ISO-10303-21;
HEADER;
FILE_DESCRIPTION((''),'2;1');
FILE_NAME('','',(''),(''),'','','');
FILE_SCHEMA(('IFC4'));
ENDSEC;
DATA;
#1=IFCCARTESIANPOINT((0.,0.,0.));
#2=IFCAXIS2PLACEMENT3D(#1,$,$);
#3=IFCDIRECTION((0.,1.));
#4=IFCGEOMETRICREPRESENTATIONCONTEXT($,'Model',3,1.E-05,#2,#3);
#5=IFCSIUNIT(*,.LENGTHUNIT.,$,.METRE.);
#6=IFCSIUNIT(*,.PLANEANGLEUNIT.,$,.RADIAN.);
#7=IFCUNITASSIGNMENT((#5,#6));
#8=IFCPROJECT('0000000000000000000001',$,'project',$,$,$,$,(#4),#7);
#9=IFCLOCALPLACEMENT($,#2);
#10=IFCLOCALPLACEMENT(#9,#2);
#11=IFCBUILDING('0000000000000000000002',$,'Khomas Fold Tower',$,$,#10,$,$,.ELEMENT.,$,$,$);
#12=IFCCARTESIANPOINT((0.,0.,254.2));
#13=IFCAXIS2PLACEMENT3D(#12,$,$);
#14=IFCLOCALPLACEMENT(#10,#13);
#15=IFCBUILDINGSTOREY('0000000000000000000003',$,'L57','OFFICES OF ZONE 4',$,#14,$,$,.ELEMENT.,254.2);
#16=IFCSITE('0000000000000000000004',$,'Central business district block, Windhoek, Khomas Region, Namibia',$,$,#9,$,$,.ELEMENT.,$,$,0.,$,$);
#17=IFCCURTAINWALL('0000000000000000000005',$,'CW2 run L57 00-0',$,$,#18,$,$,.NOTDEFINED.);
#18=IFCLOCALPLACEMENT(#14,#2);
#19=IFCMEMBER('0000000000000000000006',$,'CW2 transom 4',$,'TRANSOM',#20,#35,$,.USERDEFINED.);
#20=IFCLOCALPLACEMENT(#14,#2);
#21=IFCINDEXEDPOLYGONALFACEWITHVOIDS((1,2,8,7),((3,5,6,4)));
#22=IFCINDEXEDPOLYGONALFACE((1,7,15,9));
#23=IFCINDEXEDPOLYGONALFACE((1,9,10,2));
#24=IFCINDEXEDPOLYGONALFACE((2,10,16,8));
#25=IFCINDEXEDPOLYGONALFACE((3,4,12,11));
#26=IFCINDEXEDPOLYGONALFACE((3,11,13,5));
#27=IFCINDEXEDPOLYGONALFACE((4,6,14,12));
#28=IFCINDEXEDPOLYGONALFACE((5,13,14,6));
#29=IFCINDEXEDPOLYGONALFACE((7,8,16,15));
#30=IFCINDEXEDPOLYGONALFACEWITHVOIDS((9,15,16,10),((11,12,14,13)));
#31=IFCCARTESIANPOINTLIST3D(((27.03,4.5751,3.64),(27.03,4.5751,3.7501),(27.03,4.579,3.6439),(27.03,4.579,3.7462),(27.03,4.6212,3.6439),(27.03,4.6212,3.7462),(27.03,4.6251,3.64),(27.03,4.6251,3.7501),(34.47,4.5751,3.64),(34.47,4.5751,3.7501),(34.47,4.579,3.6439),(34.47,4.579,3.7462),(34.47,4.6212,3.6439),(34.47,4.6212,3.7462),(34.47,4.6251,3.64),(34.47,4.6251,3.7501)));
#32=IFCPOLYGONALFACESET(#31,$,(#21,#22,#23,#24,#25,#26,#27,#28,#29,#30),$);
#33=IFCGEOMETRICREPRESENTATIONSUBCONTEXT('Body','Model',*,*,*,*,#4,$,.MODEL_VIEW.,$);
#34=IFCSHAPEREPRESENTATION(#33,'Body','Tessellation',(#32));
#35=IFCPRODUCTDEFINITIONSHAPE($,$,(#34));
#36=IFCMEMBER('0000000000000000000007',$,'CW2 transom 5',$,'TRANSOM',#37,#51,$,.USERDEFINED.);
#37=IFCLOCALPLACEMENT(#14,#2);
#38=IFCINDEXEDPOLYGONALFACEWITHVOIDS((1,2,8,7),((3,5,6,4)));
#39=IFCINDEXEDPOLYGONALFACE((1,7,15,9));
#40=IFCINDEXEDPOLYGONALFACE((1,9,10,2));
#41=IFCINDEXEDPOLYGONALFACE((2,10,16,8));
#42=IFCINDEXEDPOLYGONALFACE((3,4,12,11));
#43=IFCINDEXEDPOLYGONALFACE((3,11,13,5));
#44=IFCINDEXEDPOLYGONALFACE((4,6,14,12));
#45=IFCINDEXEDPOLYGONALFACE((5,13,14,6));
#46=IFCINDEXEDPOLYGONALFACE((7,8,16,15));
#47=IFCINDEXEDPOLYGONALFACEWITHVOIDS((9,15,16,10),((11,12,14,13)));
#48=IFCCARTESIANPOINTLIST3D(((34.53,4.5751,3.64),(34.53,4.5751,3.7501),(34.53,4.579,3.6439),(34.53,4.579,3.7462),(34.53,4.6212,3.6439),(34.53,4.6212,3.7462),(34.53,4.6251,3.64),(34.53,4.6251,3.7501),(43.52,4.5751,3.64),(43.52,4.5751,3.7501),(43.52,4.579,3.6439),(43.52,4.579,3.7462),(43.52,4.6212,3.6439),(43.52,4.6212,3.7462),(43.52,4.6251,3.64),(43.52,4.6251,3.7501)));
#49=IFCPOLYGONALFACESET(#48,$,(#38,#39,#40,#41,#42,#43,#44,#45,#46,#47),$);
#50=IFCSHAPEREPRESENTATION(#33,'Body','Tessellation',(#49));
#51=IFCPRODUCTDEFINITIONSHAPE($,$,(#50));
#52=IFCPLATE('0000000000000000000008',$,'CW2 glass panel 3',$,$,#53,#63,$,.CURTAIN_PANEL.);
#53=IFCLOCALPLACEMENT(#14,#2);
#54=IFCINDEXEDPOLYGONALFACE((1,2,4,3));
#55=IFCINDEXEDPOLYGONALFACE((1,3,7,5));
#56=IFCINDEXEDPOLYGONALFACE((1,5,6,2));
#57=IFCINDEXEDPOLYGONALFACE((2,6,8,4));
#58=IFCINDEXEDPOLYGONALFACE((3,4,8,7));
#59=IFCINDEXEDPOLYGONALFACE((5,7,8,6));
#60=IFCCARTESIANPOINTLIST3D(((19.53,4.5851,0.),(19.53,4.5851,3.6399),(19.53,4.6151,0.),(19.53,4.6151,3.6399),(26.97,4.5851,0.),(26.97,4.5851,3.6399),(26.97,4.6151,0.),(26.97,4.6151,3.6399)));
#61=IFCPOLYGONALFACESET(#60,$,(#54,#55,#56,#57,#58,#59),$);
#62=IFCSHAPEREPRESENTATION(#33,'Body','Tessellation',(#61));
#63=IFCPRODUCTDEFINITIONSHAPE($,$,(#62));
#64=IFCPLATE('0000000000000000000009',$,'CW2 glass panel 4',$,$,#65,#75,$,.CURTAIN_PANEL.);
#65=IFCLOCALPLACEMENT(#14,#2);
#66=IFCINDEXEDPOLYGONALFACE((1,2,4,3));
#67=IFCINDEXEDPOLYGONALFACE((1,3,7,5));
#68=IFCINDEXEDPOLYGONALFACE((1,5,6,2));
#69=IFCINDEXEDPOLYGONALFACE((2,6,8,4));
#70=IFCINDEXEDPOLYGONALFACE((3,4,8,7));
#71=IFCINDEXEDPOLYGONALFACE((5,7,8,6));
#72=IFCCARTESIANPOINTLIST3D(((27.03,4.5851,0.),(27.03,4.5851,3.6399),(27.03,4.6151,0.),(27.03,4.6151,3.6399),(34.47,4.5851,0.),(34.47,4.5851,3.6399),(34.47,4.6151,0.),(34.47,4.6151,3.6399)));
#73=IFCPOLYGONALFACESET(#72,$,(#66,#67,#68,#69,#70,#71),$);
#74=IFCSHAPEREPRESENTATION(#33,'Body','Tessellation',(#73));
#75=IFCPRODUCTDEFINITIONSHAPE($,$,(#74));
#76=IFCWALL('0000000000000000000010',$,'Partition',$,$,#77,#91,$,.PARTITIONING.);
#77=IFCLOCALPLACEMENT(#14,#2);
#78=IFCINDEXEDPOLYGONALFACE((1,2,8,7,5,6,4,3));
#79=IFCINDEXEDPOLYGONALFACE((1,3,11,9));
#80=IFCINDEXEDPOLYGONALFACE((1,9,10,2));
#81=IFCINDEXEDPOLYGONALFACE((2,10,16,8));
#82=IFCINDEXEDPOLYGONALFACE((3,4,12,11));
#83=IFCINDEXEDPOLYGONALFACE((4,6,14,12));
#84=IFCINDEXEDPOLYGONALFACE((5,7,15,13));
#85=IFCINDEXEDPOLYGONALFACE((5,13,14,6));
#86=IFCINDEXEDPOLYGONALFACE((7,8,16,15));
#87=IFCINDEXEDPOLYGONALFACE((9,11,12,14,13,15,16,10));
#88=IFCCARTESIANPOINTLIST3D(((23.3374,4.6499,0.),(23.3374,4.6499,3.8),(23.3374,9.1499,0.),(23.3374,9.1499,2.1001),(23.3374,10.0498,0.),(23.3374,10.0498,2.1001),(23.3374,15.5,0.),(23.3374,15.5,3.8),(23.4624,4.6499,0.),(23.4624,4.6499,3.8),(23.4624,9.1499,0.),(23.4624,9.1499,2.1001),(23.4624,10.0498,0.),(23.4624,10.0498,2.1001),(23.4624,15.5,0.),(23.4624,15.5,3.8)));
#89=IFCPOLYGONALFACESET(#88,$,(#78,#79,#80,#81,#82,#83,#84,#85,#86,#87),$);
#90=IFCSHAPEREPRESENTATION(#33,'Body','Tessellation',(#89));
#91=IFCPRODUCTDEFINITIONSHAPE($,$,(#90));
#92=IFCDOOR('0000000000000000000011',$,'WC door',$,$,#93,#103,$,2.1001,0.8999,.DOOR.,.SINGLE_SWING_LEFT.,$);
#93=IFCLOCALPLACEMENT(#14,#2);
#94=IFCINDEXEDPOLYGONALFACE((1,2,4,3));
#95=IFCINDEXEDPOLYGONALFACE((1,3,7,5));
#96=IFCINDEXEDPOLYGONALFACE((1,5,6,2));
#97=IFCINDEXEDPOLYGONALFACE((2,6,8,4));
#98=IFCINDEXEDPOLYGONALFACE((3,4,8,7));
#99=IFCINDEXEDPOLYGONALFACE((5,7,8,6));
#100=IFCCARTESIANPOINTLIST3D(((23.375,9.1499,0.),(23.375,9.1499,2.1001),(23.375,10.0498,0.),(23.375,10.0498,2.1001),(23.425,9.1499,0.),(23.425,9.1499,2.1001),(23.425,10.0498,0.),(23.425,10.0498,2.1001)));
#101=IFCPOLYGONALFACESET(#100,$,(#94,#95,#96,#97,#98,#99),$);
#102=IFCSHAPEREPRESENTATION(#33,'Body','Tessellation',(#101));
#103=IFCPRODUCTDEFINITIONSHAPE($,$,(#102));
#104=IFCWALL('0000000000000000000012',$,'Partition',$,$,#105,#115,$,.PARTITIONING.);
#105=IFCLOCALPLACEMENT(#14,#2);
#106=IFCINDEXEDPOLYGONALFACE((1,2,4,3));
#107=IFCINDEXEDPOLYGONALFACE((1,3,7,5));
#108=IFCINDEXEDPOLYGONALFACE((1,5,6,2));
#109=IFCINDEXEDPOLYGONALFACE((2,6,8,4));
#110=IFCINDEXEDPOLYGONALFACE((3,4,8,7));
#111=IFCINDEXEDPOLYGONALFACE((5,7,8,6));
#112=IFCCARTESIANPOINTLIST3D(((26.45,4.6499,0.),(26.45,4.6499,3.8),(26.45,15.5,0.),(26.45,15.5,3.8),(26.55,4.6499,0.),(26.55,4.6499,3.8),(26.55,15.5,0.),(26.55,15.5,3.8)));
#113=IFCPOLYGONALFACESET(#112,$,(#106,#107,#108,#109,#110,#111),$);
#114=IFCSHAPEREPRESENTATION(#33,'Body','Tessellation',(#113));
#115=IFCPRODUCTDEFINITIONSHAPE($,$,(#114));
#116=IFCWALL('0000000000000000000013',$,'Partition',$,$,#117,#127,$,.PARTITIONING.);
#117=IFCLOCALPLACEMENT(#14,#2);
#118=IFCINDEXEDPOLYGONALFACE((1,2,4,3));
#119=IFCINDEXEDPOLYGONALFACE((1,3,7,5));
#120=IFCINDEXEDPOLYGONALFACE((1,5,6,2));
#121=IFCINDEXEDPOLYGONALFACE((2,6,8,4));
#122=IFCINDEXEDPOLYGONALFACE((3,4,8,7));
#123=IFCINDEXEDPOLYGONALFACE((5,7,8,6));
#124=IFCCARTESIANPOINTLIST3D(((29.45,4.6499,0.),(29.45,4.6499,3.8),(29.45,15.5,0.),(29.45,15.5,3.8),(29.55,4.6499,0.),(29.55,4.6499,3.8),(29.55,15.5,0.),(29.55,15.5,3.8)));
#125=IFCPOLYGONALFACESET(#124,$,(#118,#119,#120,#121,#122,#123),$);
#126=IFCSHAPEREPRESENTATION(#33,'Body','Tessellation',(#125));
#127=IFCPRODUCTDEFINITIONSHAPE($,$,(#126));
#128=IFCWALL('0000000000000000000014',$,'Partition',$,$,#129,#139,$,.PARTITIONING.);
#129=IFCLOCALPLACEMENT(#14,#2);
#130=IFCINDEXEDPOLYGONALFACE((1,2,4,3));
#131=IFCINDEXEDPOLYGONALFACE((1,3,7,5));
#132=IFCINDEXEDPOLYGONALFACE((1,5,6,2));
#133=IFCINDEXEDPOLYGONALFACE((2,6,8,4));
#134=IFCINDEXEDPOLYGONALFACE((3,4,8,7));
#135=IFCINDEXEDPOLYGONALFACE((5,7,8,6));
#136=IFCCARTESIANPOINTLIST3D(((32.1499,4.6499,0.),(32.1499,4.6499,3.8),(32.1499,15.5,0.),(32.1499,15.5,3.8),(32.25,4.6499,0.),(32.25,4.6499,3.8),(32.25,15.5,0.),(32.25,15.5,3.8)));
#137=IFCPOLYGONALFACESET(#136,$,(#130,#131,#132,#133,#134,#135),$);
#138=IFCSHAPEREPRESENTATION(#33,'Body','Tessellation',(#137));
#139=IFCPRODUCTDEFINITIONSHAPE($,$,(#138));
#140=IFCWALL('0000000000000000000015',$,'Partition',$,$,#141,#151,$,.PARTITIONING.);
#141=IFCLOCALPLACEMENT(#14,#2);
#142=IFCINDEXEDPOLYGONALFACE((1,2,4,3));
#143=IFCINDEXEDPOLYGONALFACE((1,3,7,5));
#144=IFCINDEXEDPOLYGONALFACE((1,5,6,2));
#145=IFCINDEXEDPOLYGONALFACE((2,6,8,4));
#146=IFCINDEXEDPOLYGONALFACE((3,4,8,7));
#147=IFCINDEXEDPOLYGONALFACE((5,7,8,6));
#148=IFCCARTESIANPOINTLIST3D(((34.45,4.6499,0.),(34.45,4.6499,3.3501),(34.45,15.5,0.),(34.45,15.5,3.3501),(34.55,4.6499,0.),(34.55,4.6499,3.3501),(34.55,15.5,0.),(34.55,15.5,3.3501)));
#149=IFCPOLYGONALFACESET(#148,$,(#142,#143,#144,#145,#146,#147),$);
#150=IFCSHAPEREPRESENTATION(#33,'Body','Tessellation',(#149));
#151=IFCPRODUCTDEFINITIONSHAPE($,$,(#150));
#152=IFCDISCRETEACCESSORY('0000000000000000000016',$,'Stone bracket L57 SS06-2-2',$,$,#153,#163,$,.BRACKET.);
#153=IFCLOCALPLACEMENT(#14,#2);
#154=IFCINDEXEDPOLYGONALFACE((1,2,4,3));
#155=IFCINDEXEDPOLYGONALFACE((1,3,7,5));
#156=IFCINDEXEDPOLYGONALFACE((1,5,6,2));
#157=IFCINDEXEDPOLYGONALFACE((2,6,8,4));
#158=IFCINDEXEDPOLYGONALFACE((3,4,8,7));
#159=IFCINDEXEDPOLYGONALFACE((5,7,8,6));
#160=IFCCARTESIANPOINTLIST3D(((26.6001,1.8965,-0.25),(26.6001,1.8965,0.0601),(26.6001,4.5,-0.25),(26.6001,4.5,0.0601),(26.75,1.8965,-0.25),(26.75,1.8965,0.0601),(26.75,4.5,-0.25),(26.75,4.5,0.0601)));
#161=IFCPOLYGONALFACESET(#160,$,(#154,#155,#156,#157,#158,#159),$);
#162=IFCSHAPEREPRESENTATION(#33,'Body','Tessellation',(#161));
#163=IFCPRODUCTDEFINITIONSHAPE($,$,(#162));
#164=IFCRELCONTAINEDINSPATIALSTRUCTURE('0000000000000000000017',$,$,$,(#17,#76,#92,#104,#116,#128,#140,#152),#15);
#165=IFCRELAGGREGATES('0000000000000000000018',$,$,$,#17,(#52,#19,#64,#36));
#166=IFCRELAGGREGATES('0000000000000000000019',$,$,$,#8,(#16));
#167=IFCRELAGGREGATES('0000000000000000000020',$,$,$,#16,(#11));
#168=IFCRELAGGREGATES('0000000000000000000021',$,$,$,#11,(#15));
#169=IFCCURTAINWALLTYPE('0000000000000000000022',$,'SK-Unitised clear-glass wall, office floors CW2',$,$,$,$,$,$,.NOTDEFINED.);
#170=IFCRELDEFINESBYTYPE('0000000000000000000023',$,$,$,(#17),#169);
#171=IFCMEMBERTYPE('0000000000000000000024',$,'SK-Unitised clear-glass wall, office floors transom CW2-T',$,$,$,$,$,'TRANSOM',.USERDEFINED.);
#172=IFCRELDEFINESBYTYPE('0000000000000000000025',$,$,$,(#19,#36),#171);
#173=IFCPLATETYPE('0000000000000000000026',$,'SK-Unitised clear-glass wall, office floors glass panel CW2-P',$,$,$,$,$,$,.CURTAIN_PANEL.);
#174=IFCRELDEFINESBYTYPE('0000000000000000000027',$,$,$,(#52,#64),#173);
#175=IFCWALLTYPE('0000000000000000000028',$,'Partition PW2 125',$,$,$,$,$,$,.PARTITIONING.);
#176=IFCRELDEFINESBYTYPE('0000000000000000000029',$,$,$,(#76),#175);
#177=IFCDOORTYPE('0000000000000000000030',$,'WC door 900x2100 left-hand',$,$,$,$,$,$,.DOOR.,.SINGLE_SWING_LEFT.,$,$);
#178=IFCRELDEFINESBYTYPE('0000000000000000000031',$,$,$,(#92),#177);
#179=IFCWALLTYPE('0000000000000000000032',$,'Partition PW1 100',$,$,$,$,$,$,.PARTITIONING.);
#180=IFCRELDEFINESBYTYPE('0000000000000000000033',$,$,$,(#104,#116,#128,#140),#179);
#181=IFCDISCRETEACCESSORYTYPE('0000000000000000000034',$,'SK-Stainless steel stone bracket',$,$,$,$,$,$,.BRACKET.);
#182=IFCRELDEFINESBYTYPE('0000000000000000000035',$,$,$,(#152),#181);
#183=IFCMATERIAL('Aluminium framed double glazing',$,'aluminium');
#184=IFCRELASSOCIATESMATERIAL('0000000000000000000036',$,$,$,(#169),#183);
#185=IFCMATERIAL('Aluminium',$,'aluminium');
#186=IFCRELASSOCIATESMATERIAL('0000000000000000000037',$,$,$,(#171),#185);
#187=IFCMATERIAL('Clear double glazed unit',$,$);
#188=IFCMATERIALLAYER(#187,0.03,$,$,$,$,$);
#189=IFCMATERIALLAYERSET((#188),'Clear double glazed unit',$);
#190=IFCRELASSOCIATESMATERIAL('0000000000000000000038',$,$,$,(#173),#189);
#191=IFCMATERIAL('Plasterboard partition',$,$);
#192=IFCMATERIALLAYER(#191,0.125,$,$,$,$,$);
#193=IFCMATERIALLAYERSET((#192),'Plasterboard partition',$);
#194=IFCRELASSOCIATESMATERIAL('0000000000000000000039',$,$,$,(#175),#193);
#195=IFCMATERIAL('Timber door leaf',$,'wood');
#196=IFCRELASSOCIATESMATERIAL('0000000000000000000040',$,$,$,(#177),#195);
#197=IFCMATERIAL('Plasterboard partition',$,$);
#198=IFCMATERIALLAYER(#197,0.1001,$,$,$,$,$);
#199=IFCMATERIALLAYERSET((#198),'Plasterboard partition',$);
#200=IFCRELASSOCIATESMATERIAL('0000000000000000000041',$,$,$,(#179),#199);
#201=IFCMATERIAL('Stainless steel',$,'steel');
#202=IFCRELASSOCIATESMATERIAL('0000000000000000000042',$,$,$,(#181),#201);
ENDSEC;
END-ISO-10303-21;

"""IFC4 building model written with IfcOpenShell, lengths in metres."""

from ifc_helpers import new_model, si_unit, direction, frame, frame_2d, origin, origin_2d, place, context, subcontext, project, spatial, rectangle, hollow_rectangle, extrude, source, transform, mapped, material, layer, layer_set, material_profile, profile_set, type_object, element, fill, aggregate, save


model = new_model("IFC4")

# Units and contexts
model_context = context("Model", 3, precision=1e-05, world=origin(), true_north=direction((0.0, 1.0)))
body_context = subcontext(model_context, "Body", "Model", "MODEL_VIEW")
ifc_project = project(units=[si_unit("LENGTHUNIT", "METRE"), si_unit("PLANEANGLEUNIT", "RADIAN")], contexts=[model_context])

# Site, building, storey
site_placement = place(None, origin())
site = spatial("IfcSite", under=ifc_project, at=site_placement, Name="Central business district block, Windhoek, Khomas Region, Namibia", CompositionType="ELEMENT", RefElevation=0.0)
building_placement = place(site_placement, origin())
building = spatial("IfcBuilding", under=site, at=building_placement, Name="Khomas Fold Tower", CompositionType="ELEMENT")
storey_placement = place(building_placement, frame((0.0, 0.0, 254.2)))
storey = spatial("IfcBuildingStorey", under=building, at=storey_placement, Name="L57", Description="OFFICES OF ZONE 4", CompositionType="ELEMENT", Elevation=254.2)

# Curtain wall, members, plates
ifc_material_1 = material(Name="Aluminium framed double glazing", Category="aluminium")
curtain_wall_type = type_object("IfcCurtainWallType", Name="SK-Unitised clear-glass wall, office floors CW2", PredefinedType="NOTDEFINED", material=ifc_material_1)
curtain_wall_placement = place(storey_placement, origin())
curtain_wall = element("IfcCurtainWall", 1, at=curtain_wall_placement, inside=storey, type_object=curtain_wall_type, Name="CW2 run L57 00-0", PredefinedType="NOTDEFINED")
ifc_material_2 = material(Name="Aluminium", Category="aluminium")
ifc_material_profile_1 = material_profile(ifc_material_2, hollow_rectangle(XDim=0.05, YDim=0.1101, WallThickness=0.0039, at=origin_2d()), Name="SK-Unitised clear-glass wall, office floors transom CW2-T")
ifc_profile_set_1 = profile_set([ifc_material_profile_1], Name="Aluminium")
member_type_1 = type_object("IfcMemberType", Name="SK-Unitised clear-glass wall, office floors transom CW2-T", ElementType="TRANSOM", PredefinedType="USERDEFINED", material=ifc_profile_set_1)
shared_shape_1 = source(origin(), body_context, "Body", "SweptSolid", [
    extrude(hollow_rectangle(XDim=0.05, YDim=0.1101, WallThickness=0.0039, at=origin_2d()), origin(), (0.0, 0.0, 1.0), 7.4399),
])
member_1_placement = place(storey_placement, frame((27.03, 4.6001, 3.6951), z_axis=(1.0, 0.0, 0.0), x_axis=(0.0, 1.0, 0.0)))
member_1 = element("IfcMember", 2, at=member_1_placement, type_object=member_type_1, Name="CW2 transom 4", ObjectType="TRANSOM", PredefinedType="USERDEFINED", context=body_context, shape_type="MappedRepresentation", body=[
    mapped(shared_shape_1, transform((0.0, 0.0, 0.0))),
])
shared_shape_2 = source(origin(), body_context, "Body", "SweptSolid", [
    extrude(hollow_rectangle(XDim=0.05, YDim=0.1101, WallThickness=0.0039, at=origin_2d()), origin(), (0.0, 0.0, 1.0), 8.99),
])
member_2_placement = place(storey_placement, frame((34.53, 4.6001, 3.6951), z_axis=(1.0, 0.0, 0.0), x_axis=(0.0, 1.0, 0.0)))
member_2 = element("IfcMember", 3, at=member_2_placement, type_object=member_type_1, Name="CW2 transom 5", ObjectType="TRANSOM", PredefinedType="USERDEFINED", context=body_context, shape_type="MappedRepresentation", body=[
    mapped(shared_shape_2, transform((0.0, 0.0, 0.0))),
])
ifc_material_3 = material(Name="Clear double glazed unit")
ifc_layer_1 = layer(ifc_material_3, 0.03)
ifc_layer_set_1 = layer_set([ifc_layer_1], Name="Clear double glazed unit")
plate_type = type_object("IfcPlateType", Name="SK-Unitised clear-glass wall, office floors glass panel CW2-P", PredefinedType="CURTAIN_PANEL", material=ifc_layer_set_1)
shared_shape_3 = source(origin(), body_context, "Body", "SweptSolid", [
    extrude(rectangle(XDim=7.4399, YDim=0.03, at=origin_2d()), origin(), (0.0, 0.0, 1.0), 3.6399),
])
plate_1_placement = place(storey_placement, frame((23.25, 4.6001, 0.0), z_axis=(0.0, 0.0, 1.0), x_axis=(1.0, 0.0, 0.0)))
plate_1 = element("IfcPlate", 4, at=plate_1_placement, type_object=plate_type, Name="CW2 glass panel 3", PredefinedType="CURTAIN_PANEL", context=body_context, shape_type="MappedRepresentation", body=[
    mapped(shared_shape_3, transform((0.0, 0.0, 0.0))),
])
plate_2_placement = place(storey_placement, frame((30.75, 4.6001, 0.0), z_axis=(0.0, 0.0, 1.0), x_axis=(1.0, 0.0, 0.0)))
plate_2 = element("IfcPlate", 5, at=plate_2_placement, type_object=plate_type, Name="CW2 glass panel 4", PredefinedType="CURTAIN_PANEL", context=body_context, shape_type="MappedRepresentation", body=[
    mapped(shared_shape_3, transform((0.0, 0.0, 0.0))),
])
aggregate(curtain_wall, [plate_1, member_1, plate_2, member_2])

# Wall, opening, door
ifc_material_4 = material(Name="Plasterboard partition")
ifc_layer_2 = layer(ifc_material_4, 0.125)
ifc_layer_set_2 = layer_set([ifc_layer_2], Name="Plasterboard partition")
wall_type_1 = type_object("IfcWallType", Name="Partition PW2 125", PredefinedType="PARTITIONING", material=ifc_layer_set_2)
shared_shape_4 = source(origin(), body_context, "Body", "SweptSolid", [
    extrude(rectangle(XDim=10.8501, YDim=0.125, at=frame_2d((5.425, 0.0))), origin(), (0.0, 0.0, 1.0), 3.8),
])
wall_1_placement = place(storey_placement, frame((23.3999, 4.6499, 0.0), z_axis=(0.0, 0.0, 1.0), x_axis=(0.0, 1.0, 0.0)))
wall_1 = element("IfcWall", 6, at=wall_1_placement, inside=storey, type_object=wall_type_1, Name="Partition", PredefinedType="PARTITIONING", context=body_context, shape_type="MappedRepresentation", body=[
    mapped(shared_shape_4, transform((0.0, 0.0, 0.0))),
])
shared_shape_5 = source(origin(), body_context, "Body", "SweptSolid", [
    extrude(rectangle(XDim=0.8999, YDim=2.1001, at=frame_2d((0.45, 1.05))), frame((0.0, 0.0725, 0.0), z_axis=(0.0, -1.0, 0.0), x_axis=(1.0, 0.0, 0.0)), (0.0, 0.0, 1.0), 0.145),
])
opening_placement = place(wall_1_placement, frame((4.5, 0.0, 0.0)))
opening = element("IfcOpeningElement", 7, at=opening_placement, cuts=wall_1, PredefinedType="OPENING", context=body_context, shape_type="MappedRepresentation", body=[
    mapped(shared_shape_5, transform((0.0, 0.0, 0.0))),
])
ifc_material_5 = material(Name="Timber door leaf", Category="wood")
door_type = type_object("IfcDoorType", Name="WC door 900x2100 left-hand", OperationType="SINGLE_SWING_LEFT", PredefinedType="DOOR", material=ifc_material_5)
shared_shape_6 = source(origin(), body_context, "Body", "SweptSolid", [
    extrude(rectangle(XDim=0.8999, YDim=2.1001, at=frame_2d((0.45, 1.05))), frame((0.0, 0.0249, 0.0), z_axis=(0.0, -1.0, 0.0), x_axis=(1.0, 0.0, 0.0)), (0.0, 0.0, 1.0), 0.05),
])
door_placement = place(opening_placement, origin())
door = element("IfcDoor", 8, at=door_placement, inside=storey, type_object=door_type, Name="WC door", OperationType="SINGLE_SWING_LEFT", OverallHeight=2.1001, OverallWidth=0.8999, PredefinedType="DOOR", context=body_context, shape_type="MappedRepresentation", body=[
    mapped(shared_shape_6, transform((0.0, 0.0, 0.0))),
])
fill(opening, door)

# Walls
ifc_material_6 = material(Name="Plasterboard partition")
ifc_layer_3 = layer(ifc_material_6, 0.1001)
ifc_layer_set_3 = layer_set([ifc_layer_3], Name="Plasterboard partition")
wall_type_2 = type_object("IfcWallType", Name="Partition PW1 100", PredefinedType="PARTITIONING", material=ifc_layer_set_3)
shared_shape_7 = source(origin(), body_context, "Body", "SweptSolid", [
    extrude(rectangle(XDim=10.8501, YDim=0.1001, at=frame_2d((5.425, 0.0))), origin(), (0.0, 0.0, 1.0), 3.8),
])
for number, where, z_axis, x_axis, name in (
    (9, (26.5, 4.6499, 0.0), (0.0, 0.0, 1.0), (0.0, 1.0, 0.0), "Partition"),
    (10, (29.5, 4.6499, 0.0), (0.0, 0.0, 1.0), (0.0, 1.0, 0.0), "Partition"),
    (11, (32.2, 4.6499, 0.0), (0.0, 0.0, 1.0), (0.0, 1.0, 0.0), "Partition"),
):
    element("IfcWall", number, at=place(storey_placement, frame(where, z_axis=z_axis, x_axis=x_axis)), inside=storey, type_object=wall_type_2, Name=name, PredefinedType="PARTITIONING", context=body_context, shape_type="MappedRepresentation", body=[
        mapped(shared_shape_7, transform((0.0, 0.0, 0.0))),
    ])
shared_shape_8 = source(origin(), body_context, "Body", "SweptSolid", [
    extrude(rectangle(XDim=10.8501, YDim=0.1001, at=frame_2d((5.425, 0.0))), origin(), (0.0, 0.0, 1.0), 3.3501),
])
wall_2_placement = place(storey_placement, frame((34.5, 4.6499, 0.0), z_axis=(0.0, 0.0, 1.0), x_axis=(0.0, 1.0, 0.0)))
element("IfcWall", 12, at=wall_2_placement, inside=storey, type_object=wall_type_2, Name="Partition", PredefinedType="PARTITIONING", context=body_context, shape_type="MappedRepresentation", body=[
    mapped(shared_shape_8, transform((0.0, 0.0, 0.0))),
])

# Discrete accessory
ifc_material_7 = material(Name="Stainless steel", Category="steel")
discrete_accessory_type = type_object("IfcDiscreteAccessoryType", Name="SK-Stainless steel stone bracket", PredefinedType="BRACKET", material=ifc_material_7)
shared_shape_9 = source(origin(), body_context, "Body", "SweptSolid", [
    extrude(rectangle(XDim=2.6035, YDim=0.1499, at=origin_2d()), origin(), (0.0, 0.0, 1.0), 0.3101),
])
discrete_accessory_placement = place(storey_placement, frame((26.675, 3.1982, -0.25), z_axis=(0.0, 0.0, 1.0), x_axis=(0.0, -1.0, 0.0)))
element("IfcDiscreteAccessory", 13, at=discrete_accessory_placement, inside=storey, type_object=discrete_accessory_type, Name="Stone bracket L57 SS06-2-2", PredefinedType="BRACKET", context=body_context, shape_type="MappedRepresentation", body=[
    mapped(shared_shape_9, transform((0.0, 0.0, 0.0))),
])

save(model, "model.ifc")
